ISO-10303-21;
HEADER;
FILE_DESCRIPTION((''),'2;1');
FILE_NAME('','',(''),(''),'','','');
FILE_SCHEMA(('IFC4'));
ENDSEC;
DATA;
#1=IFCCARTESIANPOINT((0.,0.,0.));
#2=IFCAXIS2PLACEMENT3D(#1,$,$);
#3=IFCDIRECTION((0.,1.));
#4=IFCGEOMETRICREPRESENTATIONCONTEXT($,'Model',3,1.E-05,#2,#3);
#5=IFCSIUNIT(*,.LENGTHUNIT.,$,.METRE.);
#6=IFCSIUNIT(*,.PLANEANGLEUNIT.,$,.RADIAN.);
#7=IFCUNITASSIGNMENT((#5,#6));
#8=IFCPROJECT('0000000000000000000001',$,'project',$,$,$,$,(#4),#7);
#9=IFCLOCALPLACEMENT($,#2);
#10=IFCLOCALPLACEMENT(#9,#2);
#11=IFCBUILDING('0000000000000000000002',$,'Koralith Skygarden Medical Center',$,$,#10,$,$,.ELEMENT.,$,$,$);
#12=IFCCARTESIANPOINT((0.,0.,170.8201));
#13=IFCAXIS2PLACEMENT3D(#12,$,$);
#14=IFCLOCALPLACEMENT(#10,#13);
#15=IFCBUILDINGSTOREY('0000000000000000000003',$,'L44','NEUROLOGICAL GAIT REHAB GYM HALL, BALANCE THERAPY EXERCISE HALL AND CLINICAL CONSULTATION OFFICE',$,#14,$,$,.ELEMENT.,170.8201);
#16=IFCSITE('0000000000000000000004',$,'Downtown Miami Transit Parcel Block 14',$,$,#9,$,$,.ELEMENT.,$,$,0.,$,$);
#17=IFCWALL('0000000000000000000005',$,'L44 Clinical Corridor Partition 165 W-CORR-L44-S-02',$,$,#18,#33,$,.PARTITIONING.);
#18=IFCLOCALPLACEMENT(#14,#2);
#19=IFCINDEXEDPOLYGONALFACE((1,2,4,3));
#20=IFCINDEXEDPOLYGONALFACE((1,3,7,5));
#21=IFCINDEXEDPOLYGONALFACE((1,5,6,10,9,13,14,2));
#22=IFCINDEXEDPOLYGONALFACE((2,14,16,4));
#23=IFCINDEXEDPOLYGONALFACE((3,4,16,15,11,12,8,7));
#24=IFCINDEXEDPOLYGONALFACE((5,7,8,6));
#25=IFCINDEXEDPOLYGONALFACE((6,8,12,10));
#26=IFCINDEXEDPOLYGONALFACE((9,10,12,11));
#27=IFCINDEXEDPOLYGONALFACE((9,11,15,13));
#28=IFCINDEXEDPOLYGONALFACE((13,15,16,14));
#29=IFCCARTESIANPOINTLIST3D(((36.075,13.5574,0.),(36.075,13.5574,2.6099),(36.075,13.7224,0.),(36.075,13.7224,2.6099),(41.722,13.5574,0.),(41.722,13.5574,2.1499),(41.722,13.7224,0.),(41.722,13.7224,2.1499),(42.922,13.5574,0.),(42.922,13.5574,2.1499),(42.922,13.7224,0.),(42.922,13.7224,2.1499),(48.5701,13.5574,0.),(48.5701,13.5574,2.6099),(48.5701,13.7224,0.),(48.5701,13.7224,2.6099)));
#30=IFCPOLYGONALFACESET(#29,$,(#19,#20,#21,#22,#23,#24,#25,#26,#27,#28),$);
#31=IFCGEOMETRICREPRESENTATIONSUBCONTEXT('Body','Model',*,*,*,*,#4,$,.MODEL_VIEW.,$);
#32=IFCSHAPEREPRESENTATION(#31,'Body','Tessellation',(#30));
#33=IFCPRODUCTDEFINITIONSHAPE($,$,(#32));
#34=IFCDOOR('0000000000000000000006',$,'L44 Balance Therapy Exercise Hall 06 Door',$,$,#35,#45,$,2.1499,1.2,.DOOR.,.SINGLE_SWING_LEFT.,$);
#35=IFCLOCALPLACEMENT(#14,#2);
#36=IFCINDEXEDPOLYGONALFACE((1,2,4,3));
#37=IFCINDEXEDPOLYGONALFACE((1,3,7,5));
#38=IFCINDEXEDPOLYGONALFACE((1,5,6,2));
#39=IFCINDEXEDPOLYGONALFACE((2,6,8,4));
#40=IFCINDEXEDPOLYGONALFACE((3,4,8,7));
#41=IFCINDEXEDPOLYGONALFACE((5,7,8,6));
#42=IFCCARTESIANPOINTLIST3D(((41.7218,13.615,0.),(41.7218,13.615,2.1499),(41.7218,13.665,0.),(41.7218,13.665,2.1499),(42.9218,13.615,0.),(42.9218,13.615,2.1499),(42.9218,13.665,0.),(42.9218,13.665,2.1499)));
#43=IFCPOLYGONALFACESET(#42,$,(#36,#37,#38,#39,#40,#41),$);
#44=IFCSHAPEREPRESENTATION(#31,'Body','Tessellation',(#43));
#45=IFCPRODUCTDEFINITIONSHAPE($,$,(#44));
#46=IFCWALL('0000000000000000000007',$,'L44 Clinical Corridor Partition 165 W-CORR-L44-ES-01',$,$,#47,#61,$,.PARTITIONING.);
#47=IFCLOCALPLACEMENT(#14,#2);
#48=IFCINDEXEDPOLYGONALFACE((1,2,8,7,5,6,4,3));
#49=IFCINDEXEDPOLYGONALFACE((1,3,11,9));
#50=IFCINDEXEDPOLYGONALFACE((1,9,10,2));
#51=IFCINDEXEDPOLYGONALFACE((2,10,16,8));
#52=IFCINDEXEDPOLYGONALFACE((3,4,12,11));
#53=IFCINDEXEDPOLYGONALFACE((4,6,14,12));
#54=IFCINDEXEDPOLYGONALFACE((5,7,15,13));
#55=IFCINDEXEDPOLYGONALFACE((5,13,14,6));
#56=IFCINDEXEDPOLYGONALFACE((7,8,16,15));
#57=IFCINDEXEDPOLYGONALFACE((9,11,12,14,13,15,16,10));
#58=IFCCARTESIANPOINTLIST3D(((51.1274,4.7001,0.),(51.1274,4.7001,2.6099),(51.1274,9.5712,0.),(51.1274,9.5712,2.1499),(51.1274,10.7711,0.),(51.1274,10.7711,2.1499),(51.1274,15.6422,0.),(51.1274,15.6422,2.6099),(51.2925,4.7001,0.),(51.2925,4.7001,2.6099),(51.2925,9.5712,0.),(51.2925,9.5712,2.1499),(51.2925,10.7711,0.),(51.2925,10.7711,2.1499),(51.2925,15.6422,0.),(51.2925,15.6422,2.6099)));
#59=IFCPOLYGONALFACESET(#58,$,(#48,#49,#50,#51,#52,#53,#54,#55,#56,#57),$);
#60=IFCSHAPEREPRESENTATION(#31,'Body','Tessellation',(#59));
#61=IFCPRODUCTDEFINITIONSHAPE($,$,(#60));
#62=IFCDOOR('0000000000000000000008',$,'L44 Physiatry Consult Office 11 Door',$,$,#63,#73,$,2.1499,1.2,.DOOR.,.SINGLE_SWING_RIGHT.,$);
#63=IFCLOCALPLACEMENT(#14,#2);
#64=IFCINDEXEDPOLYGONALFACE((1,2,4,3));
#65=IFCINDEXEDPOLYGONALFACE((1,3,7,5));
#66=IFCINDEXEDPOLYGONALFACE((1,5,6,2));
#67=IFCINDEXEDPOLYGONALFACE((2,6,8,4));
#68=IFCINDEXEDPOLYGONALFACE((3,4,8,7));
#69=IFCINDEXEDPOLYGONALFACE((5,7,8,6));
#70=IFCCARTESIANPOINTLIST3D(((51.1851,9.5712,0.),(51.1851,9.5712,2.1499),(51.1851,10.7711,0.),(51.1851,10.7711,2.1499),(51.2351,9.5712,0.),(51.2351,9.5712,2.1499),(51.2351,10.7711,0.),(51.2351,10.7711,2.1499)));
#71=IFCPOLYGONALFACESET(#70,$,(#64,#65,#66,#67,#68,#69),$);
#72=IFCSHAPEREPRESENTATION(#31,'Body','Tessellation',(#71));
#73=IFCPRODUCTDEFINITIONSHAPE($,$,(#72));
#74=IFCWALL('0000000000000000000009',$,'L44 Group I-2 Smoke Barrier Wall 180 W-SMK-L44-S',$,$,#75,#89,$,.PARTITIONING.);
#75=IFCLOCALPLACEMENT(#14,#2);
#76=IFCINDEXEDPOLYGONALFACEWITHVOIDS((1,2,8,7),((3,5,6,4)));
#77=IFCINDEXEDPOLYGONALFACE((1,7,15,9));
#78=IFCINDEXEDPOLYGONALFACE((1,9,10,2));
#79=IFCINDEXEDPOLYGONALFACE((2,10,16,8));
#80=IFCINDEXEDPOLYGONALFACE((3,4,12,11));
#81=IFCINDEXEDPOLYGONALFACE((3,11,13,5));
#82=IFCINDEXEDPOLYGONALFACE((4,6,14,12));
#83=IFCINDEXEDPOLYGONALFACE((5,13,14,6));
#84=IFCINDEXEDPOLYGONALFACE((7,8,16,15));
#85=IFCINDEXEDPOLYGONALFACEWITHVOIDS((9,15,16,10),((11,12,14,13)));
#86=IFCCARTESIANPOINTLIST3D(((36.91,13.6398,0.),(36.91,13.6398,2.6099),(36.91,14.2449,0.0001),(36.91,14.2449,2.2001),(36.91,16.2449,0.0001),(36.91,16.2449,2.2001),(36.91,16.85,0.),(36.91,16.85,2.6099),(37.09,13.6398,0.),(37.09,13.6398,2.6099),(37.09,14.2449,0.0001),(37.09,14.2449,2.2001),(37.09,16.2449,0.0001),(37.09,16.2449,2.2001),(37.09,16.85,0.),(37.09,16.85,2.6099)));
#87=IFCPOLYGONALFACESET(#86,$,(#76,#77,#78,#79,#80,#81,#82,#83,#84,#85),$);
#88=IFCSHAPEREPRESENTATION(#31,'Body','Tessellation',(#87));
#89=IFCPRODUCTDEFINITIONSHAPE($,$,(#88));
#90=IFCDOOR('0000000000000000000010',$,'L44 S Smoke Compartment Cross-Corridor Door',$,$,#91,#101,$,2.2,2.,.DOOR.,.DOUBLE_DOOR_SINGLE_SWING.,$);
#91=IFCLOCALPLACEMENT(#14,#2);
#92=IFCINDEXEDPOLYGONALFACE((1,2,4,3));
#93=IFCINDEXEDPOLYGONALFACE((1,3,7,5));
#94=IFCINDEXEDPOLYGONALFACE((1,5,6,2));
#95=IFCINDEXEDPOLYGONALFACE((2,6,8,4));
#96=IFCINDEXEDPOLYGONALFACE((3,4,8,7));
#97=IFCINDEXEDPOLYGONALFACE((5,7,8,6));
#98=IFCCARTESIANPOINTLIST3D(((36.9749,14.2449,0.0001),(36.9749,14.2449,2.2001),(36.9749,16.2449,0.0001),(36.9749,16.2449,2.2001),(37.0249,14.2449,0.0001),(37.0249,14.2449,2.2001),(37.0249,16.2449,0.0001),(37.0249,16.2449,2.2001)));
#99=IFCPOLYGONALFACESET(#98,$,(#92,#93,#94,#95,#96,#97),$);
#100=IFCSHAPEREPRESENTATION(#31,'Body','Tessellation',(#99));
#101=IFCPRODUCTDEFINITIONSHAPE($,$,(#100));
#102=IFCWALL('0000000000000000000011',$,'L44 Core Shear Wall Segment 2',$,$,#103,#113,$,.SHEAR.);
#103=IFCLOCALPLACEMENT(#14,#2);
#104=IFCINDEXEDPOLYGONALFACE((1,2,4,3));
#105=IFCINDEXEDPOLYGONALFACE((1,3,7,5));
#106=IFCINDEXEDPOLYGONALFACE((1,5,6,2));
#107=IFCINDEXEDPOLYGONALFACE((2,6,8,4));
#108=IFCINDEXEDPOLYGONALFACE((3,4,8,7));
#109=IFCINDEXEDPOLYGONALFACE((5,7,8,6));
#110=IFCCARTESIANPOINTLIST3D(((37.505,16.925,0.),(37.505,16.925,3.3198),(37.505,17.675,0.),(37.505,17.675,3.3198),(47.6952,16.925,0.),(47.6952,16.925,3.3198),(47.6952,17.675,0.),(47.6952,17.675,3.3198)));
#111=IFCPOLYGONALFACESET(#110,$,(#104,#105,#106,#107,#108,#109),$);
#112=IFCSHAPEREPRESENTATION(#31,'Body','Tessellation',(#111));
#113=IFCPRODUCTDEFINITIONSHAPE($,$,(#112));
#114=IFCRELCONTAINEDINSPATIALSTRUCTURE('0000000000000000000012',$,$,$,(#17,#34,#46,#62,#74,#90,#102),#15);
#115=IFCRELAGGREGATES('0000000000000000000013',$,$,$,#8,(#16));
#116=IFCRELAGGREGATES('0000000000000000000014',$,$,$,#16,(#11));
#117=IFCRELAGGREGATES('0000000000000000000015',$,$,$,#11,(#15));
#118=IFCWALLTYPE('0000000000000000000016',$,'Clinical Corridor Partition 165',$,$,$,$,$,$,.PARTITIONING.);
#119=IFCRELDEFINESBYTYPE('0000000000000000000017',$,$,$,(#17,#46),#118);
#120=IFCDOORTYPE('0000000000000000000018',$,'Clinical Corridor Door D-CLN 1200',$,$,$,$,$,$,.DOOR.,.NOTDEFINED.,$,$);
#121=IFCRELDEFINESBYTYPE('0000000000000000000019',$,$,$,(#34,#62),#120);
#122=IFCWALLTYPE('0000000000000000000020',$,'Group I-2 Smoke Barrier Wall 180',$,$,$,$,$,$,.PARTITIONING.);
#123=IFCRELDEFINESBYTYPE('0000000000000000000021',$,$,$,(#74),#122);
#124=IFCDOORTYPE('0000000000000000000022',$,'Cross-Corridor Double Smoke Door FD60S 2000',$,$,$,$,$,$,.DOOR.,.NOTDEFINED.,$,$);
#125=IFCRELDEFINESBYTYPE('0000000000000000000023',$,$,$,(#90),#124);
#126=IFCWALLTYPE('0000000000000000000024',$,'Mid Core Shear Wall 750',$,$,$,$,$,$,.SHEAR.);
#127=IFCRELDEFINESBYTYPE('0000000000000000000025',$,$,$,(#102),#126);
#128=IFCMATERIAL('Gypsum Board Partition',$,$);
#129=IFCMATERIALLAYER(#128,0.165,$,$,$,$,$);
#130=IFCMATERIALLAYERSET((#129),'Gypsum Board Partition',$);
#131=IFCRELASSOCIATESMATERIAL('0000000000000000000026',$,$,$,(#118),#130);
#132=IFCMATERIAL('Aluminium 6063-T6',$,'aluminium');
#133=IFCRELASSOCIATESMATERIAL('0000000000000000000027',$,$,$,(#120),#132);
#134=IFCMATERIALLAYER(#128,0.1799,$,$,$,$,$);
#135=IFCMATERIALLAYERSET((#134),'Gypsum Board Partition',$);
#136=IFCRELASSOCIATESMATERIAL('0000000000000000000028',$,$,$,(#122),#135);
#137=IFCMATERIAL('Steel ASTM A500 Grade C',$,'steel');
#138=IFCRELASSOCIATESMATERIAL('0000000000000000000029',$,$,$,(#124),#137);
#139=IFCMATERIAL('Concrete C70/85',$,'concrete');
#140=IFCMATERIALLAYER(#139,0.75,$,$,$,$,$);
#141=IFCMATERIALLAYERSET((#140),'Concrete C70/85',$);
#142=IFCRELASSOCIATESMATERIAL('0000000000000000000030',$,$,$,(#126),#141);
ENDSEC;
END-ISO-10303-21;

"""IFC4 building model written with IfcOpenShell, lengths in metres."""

from ifc_helpers import new_model, si_unit, direction, frame, frame_2d, origin, place, context, subcontext, project, spatial, rectangle, extrude, material, layer, layer_set, type_object, element, fill, save


model = new_model("IFC4")

# Units and contexts
model_context = context("Model", 3, precision=1e-05, world=origin(), true_north=direction((0.0, 1.0)))
body_context = subcontext(model_context, "Body", "Model", "MODEL_VIEW")
ifc_project = project(units=[si_unit("LENGTHUNIT", "METRE"), si_unit("PLANEANGLEUNIT", "RADIAN")], contexts=[model_context])

# Site, building, storey
site_placement = place(None, origin())
site = spatial("IfcSite", under=ifc_project, at=site_placement, Name="Downtown Miami Transit Parcel Block 14", CompositionType="ELEMENT", RefElevation=0.0)
building_placement = place(site_placement, origin())
building = spatial("IfcBuilding", under=site, at=building_placement, Name="Koralith Skygarden Medical Center", CompositionType="ELEMENT")
storey_placement = place(building_placement, frame((0.0, 0.0, 170.8201)))
storey = spatial("IfcBuildingStorey", under=building, at=storey_placement, Name="L44", Description="NEUROLOGICAL GAIT REHAB GYM HALL, BALANCE THERAPY EXERCISE HALL AND CLINICAL CONSULTATION OFFICE", CompositionType="ELEMENT", Elevation=170.8201)

# Shared definitions
ifc_material_1 = material(Name="Concrete C70/85", Category="concrete")

# Shared definitions
ifc_material_2 = material(Name="Aluminium 6063-T6", Category="aluminium")

# Shared definitions
ifc_material_3 = material(Name="Gypsum Board Partition")
ifc_layer_1 = layer(ifc_material_3, 0.165)
ifc_layer_set_1 = layer_set([ifc_layer_1], Name="Gypsum Board Partition")
wall_type_1 = type_object("IfcWallType", Name="Clinical Corridor Partition 165", PredefinedType="PARTITIONING", material=ifc_layer_set_1)

# Walls, openings, doors
wall_1_placement = place(storey_placement, frame((36.075, 13.6399, 0.0), z_axis=(0.0, 0.0, 1.0), x_axis=(1.0, 0.0, 0.0)))
wall_1 = element("IfcWall", 1, at=wall_1_placement, inside=storey, type_object=wall_type_1, Name="L44 Clinical Corridor Partition 165 W-CORR-L44-S-02", PredefinedType="PARTITIONING", context=body_context, shape_type="SweptSolid", body=[
    extrude(rectangle(XDim=12.4951, YDim=0.165, at=frame_2d((6.2476, 0.0))), origin(), (0.0, 0.0, 1.0), 2.6099),
])
opening_1_placement = place(wall_1_placement, frame((5.647, 0.0, 0.0)))
opening_1 = element("IfcOpeningElement", 2, at=opening_1_placement, cuts=wall_1, PredefinedType="OPENING", context=body_context, shape_type="SweptSolid", body=[
    extrude(rectangle(XDim=1.2, YDim=2.1499, at=frame_2d((0.6001, 1.075))), frame((0.0, 0.0925, 0.0), z_axis=(0.0, -1.0, 0.0), x_axis=(1.0, 0.0, 0.0)), (0.0, 0.0, 1.0), 0.1851),
])
door_type_1 = type_object("IfcDoorType", Name="Clinical Corridor Door D-CLN 1200", OperationType="NOTDEFINED", PredefinedType="DOOR", material=ifc_material_2)
door_1_placement = place(opening_1_placement, frame((1.2, 0.0, 0.0), z_axis=(0.0, 0.0, 1.0), x_axis=(-1.0, 0.0, 0.0)))
door_1 = element("IfcDoor", 3, at=door_1_placement, inside=storey, type_object=door_type_1, Name="L44 Balance Therapy Exercise Hall 06 Door", OperationType="SINGLE_SWING_LEFT", OverallHeight=2.1499, OverallWidth=1.2, PredefinedType="DOOR", context=body_context, shape_type="SweptSolid", body=[
    extrude(rectangle(XDim=1.2, YDim=2.1499, at=frame_2d((0.6001, 1.075))), frame((0.0, 0.0249, 0.0), z_axis=(0.0, -1.0, 0.0), x_axis=(1.0, 0.0, 0.0)), (0.0, 0.0, 1.0), 0.05),
])
fill(opening_1, door_1)
wall_2_placement = place(storey_placement, frame((51.21, 4.7, 0.0), z_axis=(0.0, 0.0, 1.0), x_axis=(0.0, 1.0, 0.0)))
wall_2 = element("IfcWall", 4, at=wall_2_placement, inside=storey, type_object=wall_type_1, Name="L44 Clinical Corridor Partition 165 W-CORR-L44-ES-01", PredefinedType="PARTITIONING", context=body_context, shape_type="SweptSolid", body=[
    extrude(rectangle(XDim=10.9421, YDim=0.165, at=frame_2d((5.4712, 0.0))), origin(), (0.0, 0.0, 1.0), 2.6099),
])
opening_2_placement = place(wall_2_placement, frame((4.8711, 0.0, 0.0)))
opening_2 = element("IfcOpeningElement", 5, at=opening_2_placement, cuts=wall_2, PredefinedType="OPENING", context=body_context, shape_type="SweptSolid", body=[
    extrude(rectangle(XDim=1.2, YDim=2.1499, at=frame_2d((0.6001, 1.075))), frame((0.0, 0.0925, 0.0), z_axis=(0.0, -1.0, 0.0), x_axis=(1.0, 0.0, 0.0)), (0.0, 0.0, 1.0), 0.1851),
])
door_2_placement = place(opening_2_placement, origin())
door_2 = element("IfcDoor", 6, at=door_2_placement, inside=storey, type_object=door_type_1, Name="L44 Physiatry Consult Office 11 Door", OperationType="SINGLE_SWING_RIGHT", OverallHeight=2.1499, OverallWidth=1.2, PredefinedType="DOOR", context=body_context, shape_type="SweptSolid", body=[
    extrude(rectangle(XDim=1.2, YDim=2.1499, at=frame_2d((0.6001, 1.075))), frame((0.0, 0.0249, 0.0), z_axis=(0.0, -1.0, 0.0), x_axis=(1.0, 0.0, 0.0)), (0.0, 0.0, 1.0), 0.05),
])
fill(opening_2, door_2)
ifc_layer_2 = layer(ifc_material_3, 0.1799)
ifc_layer_set_2 = layer_set([ifc_layer_2], Name="Gypsum Board Partition")
wall_type_2 = type_object("IfcWallType", Name="Group I-2 Smoke Barrier Wall 180", PredefinedType="PARTITIONING", material=ifc_layer_set_2)
wall_3_placement = place(storey_placement, frame((37.0, 13.6399, 0.0), z_axis=(0.0, 0.0, 1.0), x_axis=(0.0, 1.0, 0.0)))
wall_3 = element("IfcWall", 7, at=wall_3_placement, inside=storey, type_object=wall_type_2, Name="L44 Group I-2 Smoke Barrier Wall 180 W-SMK-L44-S", PredefinedType="PARTITIONING", context=body_context, shape_type="SweptSolid", body=[
    extrude(rectangle(XDim=3.2102, YDim=0.1799, at=frame_2d((1.605, 0.0))), origin(), (0.0, 0.0, 1.0), 2.6099),
])
opening_3_placement = place(wall_3_placement, frame((0.605, 0.0, 0.0)))
opening_3 = element("IfcOpeningElement", 8, at=opening_3_placement, cuts=wall_3, PredefinedType="OPENING", context=body_context, shape_type="SweptSolid", body=[
    extrude(rectangle(XDim=2.0, YDim=2.2, at=frame_2d((1.0, 1.1001))), frame((0.0, 0.0999, 0.0), z_axis=(0.0, -1.0, 0.0), x_axis=(1.0, 0.0, 0.0)), (0.0, 0.0, 1.0), 0.2),
])
ifc_material_4 = material(Name="Steel ASTM A500 Grade C", Category="steel")
door_type_2 = type_object("IfcDoorType", Name="Cross-Corridor Double Smoke Door FD60S 2000", OperationType="NOTDEFINED", PredefinedType="DOOR", material=ifc_material_4)
door_3_placement = place(opening_3_placement, frame((2.0, 0.0, 0.0), z_axis=(0.0, 0.0, 1.0), x_axis=(-1.0, 0.0, 0.0)))
door_3 = element("IfcDoor", 9, at=door_3_placement, inside=storey, type_object=door_type_2, Name="L44 S Smoke Compartment Cross-Corridor Door", OperationType="DOUBLE_DOOR_SINGLE_SWING", OverallHeight=2.2, OverallWidth=2.0, PredefinedType="DOOR", context=body_context, shape_type="SweptSolid", body=[
    extrude(rectangle(XDim=2.0, YDim=2.2, at=frame_2d((1.0, 1.1001))), frame((0.0, 0.0249, 0.0), z_axis=(0.0, -1.0, 0.0), x_axis=(1.0, 0.0, 0.0)), (0.0, 0.0, 1.0), 0.05),
])
fill(opening_3, door_3)

# Wall
ifc_layer_3 = layer(ifc_material_1, 0.75)
ifc_layer_set_3 = layer_set([ifc_layer_3], Name="Concrete C70/85")
wall_type_3 = type_object("IfcWallType", Name="Mid Core Shear Wall 750", PredefinedType="SHEAR", material=ifc_layer_set_3)
wall_4_placement = place(storey_placement, frame((37.5049, 17.3, 0.0), z_axis=(0.0, 0.0, 1.0), x_axis=(1.0, 0.0, 0.0)))
element("IfcWall", 10, at=wall_4_placement, inside=storey, type_object=wall_type_3, Name="L44 Core Shear Wall Segment 2", PredefinedType="SHEAR", context=body_context, shape_type="SweptSolid", body=[
    extrude(rectangle(XDim=10.1902, YDim=0.75, at=frame_2d((5.0952, 0.0))), origin(), (0.0, 0.0, 1.0), 3.3198),
])

save(model, "model.ifc")
